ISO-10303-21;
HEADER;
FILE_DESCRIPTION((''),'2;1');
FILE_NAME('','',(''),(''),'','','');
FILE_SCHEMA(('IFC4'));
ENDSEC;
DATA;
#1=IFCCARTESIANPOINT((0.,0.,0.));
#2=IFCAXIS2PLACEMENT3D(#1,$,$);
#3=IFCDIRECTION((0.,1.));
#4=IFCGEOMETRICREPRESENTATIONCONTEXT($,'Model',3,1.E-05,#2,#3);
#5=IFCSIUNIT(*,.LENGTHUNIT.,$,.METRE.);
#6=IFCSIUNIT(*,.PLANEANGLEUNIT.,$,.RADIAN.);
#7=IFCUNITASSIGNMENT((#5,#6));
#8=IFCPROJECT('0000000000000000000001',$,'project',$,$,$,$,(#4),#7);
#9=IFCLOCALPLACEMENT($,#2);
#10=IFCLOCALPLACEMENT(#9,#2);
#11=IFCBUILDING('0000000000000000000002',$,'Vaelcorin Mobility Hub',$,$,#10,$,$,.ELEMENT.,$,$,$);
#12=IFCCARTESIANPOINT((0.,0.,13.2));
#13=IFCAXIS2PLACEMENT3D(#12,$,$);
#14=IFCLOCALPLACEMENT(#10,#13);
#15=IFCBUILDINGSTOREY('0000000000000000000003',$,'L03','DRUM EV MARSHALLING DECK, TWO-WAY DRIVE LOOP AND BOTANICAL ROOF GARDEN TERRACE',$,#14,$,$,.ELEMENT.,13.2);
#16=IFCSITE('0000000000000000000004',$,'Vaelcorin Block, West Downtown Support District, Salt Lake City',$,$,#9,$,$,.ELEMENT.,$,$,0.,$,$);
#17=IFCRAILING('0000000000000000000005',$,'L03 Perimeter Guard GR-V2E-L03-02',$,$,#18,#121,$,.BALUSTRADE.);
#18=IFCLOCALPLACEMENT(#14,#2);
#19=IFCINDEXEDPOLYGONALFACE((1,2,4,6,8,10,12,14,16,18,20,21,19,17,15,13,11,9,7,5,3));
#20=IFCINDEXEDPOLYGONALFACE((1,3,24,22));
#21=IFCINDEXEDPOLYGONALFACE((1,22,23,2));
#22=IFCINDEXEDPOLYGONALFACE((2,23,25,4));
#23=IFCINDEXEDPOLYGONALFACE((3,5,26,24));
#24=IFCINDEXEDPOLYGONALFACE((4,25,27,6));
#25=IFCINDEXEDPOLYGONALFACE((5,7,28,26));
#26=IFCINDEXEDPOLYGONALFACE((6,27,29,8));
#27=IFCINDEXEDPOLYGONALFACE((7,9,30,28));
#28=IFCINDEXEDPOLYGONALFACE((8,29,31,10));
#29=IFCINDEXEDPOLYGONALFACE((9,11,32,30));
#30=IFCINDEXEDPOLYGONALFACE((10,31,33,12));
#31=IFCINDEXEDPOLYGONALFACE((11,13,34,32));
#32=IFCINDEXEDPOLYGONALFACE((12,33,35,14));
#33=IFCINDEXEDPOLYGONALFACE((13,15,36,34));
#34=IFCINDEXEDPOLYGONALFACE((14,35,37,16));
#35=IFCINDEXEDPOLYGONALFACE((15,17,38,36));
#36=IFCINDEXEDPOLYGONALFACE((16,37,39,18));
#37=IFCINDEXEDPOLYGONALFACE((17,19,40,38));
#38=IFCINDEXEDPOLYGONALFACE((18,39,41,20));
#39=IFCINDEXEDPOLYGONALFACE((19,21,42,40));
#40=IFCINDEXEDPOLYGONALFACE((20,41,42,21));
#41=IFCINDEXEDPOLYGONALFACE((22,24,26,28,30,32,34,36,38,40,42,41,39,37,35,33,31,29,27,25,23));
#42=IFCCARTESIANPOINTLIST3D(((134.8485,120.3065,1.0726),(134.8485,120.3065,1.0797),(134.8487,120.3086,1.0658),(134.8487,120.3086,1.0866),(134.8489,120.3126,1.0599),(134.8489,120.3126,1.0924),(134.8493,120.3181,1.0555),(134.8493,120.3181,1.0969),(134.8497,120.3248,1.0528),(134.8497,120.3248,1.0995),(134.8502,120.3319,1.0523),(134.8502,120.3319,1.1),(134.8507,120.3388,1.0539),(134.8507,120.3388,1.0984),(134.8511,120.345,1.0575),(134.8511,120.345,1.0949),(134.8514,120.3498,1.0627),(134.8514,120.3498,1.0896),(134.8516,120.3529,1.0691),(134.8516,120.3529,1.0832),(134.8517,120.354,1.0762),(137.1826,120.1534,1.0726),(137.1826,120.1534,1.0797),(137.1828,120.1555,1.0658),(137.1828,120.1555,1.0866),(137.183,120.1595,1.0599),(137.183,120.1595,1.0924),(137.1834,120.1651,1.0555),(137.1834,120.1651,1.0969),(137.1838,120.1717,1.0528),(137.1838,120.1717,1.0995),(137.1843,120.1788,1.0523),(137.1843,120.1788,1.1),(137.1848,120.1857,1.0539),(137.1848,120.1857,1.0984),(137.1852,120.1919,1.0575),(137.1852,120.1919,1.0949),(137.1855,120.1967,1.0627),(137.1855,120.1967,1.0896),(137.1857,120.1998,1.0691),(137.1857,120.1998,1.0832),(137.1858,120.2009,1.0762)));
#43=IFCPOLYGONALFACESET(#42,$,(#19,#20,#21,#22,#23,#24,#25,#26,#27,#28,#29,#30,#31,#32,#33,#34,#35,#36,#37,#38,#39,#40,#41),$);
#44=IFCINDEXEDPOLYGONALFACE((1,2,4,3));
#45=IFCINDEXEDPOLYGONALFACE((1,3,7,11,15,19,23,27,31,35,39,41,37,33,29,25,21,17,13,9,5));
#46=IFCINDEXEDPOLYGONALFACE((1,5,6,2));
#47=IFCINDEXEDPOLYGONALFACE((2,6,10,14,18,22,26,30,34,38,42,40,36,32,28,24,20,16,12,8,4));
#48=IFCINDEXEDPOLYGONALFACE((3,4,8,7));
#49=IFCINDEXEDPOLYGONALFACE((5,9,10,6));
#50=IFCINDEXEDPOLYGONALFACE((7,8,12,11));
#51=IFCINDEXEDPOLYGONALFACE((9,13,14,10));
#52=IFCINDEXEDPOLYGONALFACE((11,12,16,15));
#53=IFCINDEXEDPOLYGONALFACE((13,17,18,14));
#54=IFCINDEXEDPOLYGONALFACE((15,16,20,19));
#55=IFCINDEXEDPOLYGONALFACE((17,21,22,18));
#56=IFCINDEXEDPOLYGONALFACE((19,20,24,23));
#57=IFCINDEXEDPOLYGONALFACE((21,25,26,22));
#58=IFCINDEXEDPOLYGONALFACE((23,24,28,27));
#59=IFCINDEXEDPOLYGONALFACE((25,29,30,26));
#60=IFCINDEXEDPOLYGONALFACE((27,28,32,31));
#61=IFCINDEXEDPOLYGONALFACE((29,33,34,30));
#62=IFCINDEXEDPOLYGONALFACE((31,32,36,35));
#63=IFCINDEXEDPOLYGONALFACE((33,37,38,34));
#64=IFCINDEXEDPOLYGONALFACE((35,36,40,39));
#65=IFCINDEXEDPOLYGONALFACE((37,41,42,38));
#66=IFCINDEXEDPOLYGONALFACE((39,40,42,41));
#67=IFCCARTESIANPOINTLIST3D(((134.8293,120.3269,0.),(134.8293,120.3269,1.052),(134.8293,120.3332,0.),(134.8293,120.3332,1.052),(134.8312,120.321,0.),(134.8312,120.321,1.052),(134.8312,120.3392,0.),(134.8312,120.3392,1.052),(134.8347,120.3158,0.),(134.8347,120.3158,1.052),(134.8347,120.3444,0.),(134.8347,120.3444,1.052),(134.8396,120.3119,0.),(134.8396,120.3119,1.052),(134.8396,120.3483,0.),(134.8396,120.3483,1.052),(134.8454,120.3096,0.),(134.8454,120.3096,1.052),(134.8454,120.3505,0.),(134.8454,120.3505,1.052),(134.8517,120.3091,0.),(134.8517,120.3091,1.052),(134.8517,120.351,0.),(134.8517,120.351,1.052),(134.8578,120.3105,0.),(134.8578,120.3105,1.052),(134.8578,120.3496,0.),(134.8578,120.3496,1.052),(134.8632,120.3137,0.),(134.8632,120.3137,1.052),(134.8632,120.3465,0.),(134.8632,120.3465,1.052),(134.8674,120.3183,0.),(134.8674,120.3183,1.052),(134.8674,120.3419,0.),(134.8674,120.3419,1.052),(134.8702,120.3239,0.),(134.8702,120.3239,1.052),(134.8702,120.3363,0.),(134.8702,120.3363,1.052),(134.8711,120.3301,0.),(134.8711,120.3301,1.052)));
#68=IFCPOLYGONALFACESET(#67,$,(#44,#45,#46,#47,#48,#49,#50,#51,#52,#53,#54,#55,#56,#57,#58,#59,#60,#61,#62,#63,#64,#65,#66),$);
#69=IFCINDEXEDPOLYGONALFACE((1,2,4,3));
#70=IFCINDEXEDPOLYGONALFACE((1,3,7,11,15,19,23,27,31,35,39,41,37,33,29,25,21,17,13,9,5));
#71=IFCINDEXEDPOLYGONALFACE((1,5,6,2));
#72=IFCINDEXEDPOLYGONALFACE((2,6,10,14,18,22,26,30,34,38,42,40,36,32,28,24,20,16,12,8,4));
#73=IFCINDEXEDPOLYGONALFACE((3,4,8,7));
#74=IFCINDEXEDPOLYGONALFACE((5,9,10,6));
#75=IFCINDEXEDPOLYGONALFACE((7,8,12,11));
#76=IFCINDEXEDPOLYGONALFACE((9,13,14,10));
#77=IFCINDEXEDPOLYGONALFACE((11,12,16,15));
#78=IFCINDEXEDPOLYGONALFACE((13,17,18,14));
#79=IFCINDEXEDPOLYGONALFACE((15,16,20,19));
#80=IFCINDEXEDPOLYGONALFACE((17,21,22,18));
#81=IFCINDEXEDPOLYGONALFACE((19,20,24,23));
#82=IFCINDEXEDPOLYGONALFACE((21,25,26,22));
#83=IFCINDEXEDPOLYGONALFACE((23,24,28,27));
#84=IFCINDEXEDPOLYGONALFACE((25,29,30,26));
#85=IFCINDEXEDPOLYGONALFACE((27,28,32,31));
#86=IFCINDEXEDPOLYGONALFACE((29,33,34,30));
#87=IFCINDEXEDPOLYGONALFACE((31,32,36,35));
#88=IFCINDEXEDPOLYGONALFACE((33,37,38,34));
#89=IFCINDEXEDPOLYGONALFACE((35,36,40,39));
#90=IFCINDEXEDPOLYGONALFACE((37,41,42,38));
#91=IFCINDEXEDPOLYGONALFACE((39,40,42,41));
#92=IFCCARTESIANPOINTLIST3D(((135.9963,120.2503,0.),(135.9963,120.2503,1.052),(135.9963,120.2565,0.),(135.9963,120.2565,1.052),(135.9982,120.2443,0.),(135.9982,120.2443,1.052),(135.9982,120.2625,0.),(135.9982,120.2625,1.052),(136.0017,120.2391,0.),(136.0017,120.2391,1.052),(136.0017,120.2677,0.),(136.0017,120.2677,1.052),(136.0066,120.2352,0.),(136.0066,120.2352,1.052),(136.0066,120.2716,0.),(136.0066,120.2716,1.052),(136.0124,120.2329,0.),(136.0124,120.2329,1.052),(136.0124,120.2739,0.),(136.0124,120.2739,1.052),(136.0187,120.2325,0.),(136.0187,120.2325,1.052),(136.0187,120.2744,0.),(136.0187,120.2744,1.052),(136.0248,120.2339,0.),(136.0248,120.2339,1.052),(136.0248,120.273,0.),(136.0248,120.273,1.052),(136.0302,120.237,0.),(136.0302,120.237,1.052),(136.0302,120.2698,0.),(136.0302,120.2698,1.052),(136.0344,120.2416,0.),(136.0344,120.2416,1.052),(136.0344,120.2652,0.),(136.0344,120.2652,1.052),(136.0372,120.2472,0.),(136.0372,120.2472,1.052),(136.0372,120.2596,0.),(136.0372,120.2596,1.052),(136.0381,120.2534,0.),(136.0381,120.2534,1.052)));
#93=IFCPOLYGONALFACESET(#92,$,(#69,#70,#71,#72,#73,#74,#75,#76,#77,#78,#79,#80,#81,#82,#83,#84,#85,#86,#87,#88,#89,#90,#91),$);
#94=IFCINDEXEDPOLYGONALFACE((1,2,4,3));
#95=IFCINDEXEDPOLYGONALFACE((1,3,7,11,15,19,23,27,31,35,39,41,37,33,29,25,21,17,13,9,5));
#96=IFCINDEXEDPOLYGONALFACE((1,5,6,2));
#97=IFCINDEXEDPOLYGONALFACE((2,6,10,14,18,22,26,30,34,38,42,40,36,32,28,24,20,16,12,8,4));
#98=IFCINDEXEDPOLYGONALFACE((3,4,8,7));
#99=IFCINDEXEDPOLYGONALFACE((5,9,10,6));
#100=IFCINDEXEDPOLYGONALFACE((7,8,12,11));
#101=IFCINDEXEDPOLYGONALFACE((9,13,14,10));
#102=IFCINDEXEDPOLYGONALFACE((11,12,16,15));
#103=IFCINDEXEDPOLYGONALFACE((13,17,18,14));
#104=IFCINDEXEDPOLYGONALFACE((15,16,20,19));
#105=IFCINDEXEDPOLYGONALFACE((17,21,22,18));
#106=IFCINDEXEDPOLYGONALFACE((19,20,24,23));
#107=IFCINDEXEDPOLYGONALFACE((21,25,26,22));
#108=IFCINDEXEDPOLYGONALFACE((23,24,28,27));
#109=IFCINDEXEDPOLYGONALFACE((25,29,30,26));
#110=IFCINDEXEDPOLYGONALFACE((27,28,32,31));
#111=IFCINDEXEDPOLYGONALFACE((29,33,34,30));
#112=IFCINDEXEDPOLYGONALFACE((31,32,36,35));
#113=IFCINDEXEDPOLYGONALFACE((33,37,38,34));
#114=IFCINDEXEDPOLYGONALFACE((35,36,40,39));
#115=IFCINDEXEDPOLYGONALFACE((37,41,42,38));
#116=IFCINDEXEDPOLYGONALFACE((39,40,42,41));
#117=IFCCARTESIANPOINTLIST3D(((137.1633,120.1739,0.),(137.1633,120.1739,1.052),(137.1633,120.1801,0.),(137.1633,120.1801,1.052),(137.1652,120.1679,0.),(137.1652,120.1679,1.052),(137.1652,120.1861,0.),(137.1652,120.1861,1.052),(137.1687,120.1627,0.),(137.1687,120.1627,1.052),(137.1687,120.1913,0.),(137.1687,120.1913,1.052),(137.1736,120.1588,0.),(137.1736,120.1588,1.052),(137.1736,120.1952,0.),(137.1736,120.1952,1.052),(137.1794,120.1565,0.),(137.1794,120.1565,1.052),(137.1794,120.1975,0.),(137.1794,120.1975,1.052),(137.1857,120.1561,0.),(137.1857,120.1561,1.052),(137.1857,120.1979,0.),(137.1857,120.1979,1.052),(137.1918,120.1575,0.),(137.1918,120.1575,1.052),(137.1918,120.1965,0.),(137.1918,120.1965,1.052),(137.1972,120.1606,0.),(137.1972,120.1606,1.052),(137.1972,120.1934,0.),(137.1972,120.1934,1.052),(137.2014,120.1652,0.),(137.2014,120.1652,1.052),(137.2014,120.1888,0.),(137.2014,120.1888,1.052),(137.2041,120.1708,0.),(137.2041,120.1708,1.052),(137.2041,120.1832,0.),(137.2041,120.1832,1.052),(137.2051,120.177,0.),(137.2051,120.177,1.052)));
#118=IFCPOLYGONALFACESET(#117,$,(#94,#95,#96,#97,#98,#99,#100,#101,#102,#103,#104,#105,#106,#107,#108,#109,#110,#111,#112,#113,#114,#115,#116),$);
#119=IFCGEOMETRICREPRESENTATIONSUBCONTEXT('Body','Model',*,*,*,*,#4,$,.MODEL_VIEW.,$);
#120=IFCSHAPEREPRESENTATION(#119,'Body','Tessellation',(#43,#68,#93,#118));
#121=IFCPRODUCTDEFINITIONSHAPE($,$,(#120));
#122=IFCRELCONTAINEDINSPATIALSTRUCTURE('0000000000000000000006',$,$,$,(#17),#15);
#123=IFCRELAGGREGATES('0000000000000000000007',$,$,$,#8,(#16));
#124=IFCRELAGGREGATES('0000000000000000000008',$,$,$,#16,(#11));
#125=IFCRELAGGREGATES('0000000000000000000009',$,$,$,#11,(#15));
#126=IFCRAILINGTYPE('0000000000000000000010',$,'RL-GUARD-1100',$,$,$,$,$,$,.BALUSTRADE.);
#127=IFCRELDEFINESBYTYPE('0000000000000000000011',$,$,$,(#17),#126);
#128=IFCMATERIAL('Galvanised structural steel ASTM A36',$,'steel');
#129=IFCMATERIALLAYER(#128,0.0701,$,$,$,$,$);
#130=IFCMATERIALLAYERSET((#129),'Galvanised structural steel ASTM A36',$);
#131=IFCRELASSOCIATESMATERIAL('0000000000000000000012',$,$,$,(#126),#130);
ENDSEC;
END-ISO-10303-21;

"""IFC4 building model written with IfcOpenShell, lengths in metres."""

from ifc_helpers import new_model, si_unit, direction, frame, origin, origin_2d, place, context, subcontext, project, spatial, circle, extrude, material, layer, layer_set, type_object, element, save


model = new_model("IFC4")

# Units and contexts
model_context = context("Model", 3, precision=1e-05, world=origin(), true_north=direction((0.0, 1.0)))
body_context = subcontext(model_context, "Body", "Model", "MODEL_VIEW")
ifc_project = project(units=[si_unit("LENGTHUNIT", "METRE"), si_unit("PLANEANGLEUNIT", "RADIAN")], contexts=[model_context])

# Site, building, storey
site_placement = place(None, origin())
site = spatial("IfcSite", under=ifc_project, at=site_placement, Name="Vaelcorin Block, West Downtown Support District, Salt Lake City", CompositionType="ELEMENT", RefElevation=0.0)
building_placement = place(site_placement, origin())
building = spatial("IfcBuilding", under=site, at=building_placement, Name="Vaelcorin Mobility Hub", CompositionType="ELEMENT")
storey_placement = place(building_placement, frame((0.0, 0.0, 13.2)))
storey = spatial("IfcBuildingStorey", under=building, at=storey_placement, Name="L03", Description="DRUM EV MARSHALLING DECK, TWO-WAY DRIVE LOOP AND BOTANICAL ROOF GARDEN TERRACE", CompositionType="ELEMENT", Elevation=13.2)

# Railing
ifc_material_1 = material(Name="Galvanised structural steel ASTM A36", Category="steel")
ifc_layer_1 = layer(ifc_material_1, 0.0701)
ifc_layer_set_1 = layer_set([ifc_layer_1], Name="Galvanised structural steel ASTM A36")
railing_type = type_object("IfcRailingType", Name="RL-GUARD-1100", PredefinedType="BALUSTRADE", material=ifc_layer_set_1)
railing_1_placement = place(storey_placement, frame((134.8501, 120.3301, 0.0)))
element("IfcRailing", 1, at=railing_1_placement, inside=storey, type_object=railing_type, Name="L03 Perimeter Guard GR-V2E-L03-02", PredefinedType="BALUSTRADE", context=body_context, shape_type="SweptSolid", body=[
    extrude(circle(Radius=0.0239, at=origin_2d()), frame((0.0, 0.0, 1.0762), z_axis=(0.997856, -0.065445, 0.0), x_axis=(0.065445, 0.997856, 0.0)), (0.0, 0.0, 1.0), 2.3391),
    extrude(circle(Radius=0.021, at=origin_2d()), origin(), (0.0, 0.0, 1.0), 1.052),
    extrude(circle(Radius=0.021, at=origin_2d()), frame((1.167, -0.0767, 0.0)), (0.0, 0.0, 1.0), 1.052),
    extrude(circle(Radius=0.021, at=origin_2d()), frame((2.334, -0.1531, 0.0)), (0.0, 0.0, 1.0), 1.052),
])

save(model, "model.ifc")
